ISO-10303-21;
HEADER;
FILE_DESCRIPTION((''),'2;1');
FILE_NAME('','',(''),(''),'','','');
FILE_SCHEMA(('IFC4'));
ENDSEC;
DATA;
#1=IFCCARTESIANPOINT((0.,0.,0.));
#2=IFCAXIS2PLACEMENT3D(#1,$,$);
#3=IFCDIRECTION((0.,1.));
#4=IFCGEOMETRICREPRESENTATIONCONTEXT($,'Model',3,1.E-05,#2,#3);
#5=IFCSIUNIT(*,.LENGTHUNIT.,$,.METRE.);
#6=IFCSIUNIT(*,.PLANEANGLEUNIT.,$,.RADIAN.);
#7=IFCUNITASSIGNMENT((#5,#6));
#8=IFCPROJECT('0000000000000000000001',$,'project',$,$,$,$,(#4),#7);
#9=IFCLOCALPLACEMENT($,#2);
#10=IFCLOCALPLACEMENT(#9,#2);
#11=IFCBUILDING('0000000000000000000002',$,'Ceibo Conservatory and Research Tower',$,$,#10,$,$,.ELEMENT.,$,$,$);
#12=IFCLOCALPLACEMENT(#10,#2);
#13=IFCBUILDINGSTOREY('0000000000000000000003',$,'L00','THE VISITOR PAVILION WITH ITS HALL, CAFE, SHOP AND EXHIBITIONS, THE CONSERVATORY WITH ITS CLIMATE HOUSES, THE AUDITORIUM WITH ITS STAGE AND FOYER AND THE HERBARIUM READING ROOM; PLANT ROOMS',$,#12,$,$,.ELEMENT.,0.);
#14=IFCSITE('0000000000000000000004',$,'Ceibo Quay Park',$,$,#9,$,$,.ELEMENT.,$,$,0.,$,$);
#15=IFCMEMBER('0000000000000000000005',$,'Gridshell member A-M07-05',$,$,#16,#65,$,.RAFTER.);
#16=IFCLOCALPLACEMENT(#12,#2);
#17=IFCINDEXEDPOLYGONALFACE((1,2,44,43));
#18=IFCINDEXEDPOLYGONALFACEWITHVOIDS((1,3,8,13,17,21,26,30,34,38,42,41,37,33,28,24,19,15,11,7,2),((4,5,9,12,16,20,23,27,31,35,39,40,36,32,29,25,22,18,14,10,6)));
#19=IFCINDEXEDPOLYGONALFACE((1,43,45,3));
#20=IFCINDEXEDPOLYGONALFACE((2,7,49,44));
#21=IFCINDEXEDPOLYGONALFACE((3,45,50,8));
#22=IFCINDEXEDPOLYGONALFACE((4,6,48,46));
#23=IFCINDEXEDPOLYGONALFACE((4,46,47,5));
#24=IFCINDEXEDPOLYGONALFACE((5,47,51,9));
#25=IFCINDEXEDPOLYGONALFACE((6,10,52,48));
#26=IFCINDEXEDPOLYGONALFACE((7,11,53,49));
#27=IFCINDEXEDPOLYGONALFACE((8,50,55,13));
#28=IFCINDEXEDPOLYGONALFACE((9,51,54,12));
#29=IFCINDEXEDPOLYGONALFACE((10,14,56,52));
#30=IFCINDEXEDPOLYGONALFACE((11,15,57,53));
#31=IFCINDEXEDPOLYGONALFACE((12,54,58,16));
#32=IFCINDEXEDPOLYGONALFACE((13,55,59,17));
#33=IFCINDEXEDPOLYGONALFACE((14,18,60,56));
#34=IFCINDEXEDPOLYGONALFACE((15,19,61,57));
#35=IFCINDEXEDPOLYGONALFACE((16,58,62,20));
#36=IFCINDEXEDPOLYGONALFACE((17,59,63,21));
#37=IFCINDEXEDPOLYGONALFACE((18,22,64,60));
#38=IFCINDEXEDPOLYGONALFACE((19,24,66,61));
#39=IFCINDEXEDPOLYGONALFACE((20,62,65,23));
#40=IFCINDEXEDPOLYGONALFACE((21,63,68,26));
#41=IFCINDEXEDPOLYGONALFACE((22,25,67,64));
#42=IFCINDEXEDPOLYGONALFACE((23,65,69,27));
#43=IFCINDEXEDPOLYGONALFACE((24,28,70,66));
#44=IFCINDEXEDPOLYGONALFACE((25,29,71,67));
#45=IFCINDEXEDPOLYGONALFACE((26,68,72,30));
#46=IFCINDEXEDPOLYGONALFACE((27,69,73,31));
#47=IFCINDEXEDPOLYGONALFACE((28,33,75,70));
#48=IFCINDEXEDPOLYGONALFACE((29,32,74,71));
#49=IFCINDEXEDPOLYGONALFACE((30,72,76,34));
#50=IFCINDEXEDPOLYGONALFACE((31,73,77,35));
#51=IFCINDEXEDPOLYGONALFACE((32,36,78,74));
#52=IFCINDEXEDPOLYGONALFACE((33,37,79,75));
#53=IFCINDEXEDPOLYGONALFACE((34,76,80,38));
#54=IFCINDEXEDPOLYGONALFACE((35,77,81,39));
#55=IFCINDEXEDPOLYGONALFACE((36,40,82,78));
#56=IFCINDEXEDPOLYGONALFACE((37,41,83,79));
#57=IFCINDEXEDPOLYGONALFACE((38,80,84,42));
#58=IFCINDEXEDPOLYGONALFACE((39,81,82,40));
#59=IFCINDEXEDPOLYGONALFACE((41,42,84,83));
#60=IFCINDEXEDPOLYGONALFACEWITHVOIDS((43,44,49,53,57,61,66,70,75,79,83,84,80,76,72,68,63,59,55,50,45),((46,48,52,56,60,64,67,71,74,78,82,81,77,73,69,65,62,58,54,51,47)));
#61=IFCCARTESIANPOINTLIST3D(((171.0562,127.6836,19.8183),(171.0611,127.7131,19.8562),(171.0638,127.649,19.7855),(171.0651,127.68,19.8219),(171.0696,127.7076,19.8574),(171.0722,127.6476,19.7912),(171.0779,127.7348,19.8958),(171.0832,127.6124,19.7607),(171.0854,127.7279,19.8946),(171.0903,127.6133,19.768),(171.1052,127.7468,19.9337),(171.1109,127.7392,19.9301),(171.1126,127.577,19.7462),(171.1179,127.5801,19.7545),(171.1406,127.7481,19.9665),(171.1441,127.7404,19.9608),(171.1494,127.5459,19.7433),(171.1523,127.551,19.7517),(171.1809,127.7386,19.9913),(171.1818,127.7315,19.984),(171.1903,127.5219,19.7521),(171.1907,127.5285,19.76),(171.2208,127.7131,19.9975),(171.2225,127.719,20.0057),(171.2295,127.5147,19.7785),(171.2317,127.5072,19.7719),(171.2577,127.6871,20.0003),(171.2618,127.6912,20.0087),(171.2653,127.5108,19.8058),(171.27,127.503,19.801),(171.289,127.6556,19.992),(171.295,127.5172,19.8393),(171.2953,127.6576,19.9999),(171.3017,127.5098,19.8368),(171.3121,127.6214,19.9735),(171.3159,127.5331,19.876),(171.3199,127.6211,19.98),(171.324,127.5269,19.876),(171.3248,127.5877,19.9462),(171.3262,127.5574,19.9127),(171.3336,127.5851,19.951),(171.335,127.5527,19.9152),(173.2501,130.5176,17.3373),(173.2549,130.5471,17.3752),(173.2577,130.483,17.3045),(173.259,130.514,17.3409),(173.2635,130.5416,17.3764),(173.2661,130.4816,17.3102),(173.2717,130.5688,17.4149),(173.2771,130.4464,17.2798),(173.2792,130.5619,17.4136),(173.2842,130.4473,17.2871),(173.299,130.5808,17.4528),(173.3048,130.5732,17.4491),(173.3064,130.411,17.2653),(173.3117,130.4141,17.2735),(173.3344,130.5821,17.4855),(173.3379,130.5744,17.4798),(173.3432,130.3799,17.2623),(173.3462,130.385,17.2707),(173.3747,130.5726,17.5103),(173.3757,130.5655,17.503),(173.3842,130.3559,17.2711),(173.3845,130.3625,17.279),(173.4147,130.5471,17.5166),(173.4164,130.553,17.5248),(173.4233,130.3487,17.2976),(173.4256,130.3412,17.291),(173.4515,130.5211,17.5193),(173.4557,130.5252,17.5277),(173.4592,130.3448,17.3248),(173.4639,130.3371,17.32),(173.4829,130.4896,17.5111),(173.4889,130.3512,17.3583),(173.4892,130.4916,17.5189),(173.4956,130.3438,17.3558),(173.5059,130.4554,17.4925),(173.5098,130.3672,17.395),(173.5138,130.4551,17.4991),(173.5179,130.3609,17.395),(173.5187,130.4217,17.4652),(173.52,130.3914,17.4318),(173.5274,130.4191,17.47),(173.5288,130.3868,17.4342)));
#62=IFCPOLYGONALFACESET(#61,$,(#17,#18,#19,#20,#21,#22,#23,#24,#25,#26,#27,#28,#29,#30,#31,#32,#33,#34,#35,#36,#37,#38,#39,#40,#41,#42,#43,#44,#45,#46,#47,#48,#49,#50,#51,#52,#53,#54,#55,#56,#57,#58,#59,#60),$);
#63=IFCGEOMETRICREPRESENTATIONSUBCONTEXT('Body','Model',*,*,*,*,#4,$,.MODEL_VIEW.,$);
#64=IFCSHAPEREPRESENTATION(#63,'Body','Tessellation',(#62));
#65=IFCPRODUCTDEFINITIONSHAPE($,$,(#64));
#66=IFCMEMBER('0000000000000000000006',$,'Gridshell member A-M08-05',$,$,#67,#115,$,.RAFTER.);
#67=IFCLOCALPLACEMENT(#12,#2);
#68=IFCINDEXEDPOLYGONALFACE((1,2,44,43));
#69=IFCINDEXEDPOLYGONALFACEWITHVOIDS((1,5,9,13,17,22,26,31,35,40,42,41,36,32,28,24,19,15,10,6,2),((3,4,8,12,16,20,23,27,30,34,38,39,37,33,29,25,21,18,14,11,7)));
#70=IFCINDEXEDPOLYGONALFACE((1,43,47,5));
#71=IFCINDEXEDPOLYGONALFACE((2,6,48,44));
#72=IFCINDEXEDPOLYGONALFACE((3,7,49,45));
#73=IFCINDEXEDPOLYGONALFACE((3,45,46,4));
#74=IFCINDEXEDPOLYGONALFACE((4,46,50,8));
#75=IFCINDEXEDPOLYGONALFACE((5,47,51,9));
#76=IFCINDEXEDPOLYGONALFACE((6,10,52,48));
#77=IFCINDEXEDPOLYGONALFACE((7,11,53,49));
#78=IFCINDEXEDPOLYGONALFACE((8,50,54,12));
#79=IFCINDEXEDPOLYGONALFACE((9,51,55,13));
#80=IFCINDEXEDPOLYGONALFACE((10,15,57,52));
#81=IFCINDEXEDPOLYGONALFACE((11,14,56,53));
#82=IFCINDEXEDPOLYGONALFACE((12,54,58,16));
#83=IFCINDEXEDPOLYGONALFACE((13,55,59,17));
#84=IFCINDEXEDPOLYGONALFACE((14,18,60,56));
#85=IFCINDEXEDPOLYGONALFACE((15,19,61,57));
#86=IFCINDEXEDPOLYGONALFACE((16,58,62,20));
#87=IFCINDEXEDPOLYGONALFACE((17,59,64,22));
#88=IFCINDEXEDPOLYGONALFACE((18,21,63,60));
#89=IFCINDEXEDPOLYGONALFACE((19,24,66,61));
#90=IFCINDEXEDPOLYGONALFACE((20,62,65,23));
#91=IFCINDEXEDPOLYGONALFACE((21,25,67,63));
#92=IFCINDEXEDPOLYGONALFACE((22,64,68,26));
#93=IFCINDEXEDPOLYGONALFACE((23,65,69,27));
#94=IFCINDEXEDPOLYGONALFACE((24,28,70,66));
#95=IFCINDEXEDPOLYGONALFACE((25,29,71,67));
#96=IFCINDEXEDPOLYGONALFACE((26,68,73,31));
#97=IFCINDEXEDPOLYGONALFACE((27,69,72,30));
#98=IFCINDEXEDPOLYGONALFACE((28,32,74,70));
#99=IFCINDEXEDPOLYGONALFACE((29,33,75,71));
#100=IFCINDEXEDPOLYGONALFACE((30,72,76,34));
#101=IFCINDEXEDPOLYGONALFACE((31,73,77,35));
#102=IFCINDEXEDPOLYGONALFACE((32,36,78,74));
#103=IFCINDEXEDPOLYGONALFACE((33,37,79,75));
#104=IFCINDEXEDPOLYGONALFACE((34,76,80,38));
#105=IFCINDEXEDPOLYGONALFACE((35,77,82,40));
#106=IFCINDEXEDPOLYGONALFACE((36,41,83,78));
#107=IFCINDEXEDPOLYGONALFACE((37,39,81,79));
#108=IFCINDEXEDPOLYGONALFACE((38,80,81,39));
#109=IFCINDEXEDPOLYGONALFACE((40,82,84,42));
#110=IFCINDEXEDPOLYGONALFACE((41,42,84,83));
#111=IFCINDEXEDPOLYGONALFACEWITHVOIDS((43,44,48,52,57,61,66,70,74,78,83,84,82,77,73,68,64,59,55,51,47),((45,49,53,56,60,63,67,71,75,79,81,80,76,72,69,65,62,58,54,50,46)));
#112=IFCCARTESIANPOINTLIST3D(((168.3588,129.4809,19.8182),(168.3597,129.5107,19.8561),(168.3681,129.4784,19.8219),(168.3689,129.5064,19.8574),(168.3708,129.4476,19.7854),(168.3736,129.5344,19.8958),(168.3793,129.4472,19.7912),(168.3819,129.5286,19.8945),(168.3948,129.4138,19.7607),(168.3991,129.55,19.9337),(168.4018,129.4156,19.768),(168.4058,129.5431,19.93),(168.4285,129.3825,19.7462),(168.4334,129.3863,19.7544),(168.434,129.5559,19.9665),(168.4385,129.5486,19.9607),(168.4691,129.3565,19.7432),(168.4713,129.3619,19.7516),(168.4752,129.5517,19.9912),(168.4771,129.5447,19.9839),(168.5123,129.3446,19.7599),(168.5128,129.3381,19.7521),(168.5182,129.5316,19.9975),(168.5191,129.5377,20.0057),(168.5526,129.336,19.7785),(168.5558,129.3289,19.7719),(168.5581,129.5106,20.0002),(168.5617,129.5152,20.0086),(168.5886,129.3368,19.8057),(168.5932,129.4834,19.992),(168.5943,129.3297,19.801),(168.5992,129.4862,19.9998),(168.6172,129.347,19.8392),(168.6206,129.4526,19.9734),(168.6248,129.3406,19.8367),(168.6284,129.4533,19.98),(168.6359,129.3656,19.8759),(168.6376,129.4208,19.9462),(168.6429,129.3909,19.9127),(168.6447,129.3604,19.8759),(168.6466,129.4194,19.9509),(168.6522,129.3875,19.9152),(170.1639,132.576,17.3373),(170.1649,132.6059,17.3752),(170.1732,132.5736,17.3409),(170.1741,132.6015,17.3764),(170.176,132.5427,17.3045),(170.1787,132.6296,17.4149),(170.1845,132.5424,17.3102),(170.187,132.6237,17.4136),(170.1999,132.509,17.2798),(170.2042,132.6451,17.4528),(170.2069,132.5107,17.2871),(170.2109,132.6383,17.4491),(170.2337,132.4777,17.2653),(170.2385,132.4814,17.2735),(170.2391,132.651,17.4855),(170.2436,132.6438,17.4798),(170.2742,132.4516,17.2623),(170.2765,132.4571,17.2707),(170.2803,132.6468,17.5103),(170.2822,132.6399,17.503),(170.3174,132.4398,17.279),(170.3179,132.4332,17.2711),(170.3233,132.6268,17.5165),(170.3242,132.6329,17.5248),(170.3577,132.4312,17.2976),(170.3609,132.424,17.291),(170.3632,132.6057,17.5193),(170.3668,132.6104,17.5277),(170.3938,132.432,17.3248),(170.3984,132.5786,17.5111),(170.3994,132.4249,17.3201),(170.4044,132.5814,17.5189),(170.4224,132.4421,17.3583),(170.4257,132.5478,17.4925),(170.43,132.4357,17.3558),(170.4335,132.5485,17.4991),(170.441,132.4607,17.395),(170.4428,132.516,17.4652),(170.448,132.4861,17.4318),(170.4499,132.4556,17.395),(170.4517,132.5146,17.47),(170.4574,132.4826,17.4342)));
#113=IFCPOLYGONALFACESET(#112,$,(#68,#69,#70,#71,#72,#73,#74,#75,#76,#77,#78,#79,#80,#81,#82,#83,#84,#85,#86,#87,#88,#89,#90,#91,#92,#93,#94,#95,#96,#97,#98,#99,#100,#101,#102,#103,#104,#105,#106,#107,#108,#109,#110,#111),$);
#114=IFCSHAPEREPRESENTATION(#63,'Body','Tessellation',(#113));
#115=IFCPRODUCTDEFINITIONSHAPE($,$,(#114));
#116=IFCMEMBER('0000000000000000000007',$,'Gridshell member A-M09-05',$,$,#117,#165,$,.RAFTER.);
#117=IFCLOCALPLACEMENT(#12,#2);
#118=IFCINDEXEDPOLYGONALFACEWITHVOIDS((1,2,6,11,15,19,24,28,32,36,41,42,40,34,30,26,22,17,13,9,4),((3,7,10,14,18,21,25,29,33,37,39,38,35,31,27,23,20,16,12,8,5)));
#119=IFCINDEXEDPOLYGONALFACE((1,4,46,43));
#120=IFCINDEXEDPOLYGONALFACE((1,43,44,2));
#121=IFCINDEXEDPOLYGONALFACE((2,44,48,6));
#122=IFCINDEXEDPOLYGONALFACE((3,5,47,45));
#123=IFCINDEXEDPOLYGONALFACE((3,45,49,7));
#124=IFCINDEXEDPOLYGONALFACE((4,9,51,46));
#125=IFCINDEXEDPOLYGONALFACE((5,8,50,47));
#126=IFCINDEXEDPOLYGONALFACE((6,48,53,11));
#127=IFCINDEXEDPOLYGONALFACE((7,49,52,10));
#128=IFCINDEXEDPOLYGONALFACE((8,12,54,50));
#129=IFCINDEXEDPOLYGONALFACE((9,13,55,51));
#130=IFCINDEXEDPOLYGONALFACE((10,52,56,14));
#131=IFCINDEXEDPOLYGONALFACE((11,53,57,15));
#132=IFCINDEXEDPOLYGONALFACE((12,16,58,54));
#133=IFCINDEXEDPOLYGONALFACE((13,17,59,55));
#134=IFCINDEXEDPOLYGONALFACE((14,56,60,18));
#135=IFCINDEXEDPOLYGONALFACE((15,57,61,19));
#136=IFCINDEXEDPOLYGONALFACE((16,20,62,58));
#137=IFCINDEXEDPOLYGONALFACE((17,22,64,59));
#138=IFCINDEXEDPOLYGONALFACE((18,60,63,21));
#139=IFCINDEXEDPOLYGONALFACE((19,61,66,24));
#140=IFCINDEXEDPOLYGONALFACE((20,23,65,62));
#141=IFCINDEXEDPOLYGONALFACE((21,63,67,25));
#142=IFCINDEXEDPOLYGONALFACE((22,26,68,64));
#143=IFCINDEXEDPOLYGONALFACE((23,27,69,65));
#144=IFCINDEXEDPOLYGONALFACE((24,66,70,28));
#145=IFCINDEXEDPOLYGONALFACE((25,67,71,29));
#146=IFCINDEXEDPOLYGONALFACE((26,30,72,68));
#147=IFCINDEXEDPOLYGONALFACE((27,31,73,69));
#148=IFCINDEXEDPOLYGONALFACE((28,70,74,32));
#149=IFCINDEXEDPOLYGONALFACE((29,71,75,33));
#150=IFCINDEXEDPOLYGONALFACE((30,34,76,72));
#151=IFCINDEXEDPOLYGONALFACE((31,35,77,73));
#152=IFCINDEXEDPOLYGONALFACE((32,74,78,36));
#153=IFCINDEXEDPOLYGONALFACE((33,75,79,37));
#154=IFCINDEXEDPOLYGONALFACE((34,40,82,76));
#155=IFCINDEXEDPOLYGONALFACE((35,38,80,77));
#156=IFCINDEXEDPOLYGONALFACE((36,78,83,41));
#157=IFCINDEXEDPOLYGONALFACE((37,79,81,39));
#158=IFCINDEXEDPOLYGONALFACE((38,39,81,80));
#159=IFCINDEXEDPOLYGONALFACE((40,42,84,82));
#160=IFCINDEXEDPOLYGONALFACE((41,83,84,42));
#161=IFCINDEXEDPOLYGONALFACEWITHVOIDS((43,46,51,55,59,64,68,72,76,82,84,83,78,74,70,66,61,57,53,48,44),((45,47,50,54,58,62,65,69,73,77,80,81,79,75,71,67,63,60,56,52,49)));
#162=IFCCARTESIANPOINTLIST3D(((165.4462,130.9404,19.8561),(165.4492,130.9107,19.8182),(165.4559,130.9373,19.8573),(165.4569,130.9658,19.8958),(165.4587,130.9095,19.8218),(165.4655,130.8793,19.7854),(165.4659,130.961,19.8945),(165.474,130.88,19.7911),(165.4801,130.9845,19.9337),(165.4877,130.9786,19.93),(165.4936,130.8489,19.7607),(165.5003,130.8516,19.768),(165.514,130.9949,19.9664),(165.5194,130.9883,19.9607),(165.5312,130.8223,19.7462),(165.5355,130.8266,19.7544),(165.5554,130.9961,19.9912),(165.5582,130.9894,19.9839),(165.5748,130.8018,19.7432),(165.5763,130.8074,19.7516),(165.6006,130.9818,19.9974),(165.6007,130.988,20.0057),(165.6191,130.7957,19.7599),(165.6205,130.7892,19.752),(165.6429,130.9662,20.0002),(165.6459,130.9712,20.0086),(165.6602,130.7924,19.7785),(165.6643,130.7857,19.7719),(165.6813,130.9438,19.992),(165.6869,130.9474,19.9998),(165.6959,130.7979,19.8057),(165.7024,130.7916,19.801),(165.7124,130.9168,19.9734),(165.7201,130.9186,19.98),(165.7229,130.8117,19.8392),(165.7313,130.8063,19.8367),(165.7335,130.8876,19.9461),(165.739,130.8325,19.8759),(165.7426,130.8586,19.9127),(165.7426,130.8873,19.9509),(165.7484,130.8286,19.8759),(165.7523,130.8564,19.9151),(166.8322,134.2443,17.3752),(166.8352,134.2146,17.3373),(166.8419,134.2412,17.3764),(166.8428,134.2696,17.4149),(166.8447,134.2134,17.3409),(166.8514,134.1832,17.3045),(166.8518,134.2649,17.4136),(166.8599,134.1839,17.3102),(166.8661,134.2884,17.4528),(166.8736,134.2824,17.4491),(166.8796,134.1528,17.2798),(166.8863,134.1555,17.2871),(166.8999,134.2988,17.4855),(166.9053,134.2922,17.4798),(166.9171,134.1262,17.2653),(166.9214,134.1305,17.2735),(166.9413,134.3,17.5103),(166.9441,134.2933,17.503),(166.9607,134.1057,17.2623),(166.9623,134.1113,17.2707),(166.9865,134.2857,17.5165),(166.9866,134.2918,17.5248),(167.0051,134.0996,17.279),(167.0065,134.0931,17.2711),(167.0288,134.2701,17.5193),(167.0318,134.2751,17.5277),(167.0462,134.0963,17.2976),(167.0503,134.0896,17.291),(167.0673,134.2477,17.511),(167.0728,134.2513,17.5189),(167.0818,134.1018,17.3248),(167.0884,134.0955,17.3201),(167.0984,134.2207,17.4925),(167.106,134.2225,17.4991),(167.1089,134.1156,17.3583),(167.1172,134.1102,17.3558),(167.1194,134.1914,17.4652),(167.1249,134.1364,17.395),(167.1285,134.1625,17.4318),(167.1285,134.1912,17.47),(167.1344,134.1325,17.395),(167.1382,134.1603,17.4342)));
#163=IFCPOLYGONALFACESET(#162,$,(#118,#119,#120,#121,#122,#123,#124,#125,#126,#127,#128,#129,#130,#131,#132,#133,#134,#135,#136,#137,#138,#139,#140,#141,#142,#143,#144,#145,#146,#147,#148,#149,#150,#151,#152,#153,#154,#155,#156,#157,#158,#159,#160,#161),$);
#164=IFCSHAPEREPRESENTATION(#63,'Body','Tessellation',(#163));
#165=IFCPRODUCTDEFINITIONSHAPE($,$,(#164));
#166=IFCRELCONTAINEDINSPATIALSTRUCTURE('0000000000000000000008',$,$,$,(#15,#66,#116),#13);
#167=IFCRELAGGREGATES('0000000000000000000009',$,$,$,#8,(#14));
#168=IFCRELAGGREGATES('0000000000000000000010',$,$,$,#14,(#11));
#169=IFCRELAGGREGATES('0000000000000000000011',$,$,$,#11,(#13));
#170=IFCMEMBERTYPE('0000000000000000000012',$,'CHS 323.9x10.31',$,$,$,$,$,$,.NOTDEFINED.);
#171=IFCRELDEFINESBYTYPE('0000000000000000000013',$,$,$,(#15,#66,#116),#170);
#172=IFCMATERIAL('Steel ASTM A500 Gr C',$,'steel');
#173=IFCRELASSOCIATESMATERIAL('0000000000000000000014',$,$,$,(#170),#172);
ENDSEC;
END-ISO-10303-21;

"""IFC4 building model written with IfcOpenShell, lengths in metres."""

from ifc_helpers import new_model, si_unit, direction, frame, origin, origin_2d, place, context, subcontext, project, spatial, hollow_circle, extrude, material, material_profile, profile_set, type_object, element, save


model = new_model("IFC4")

# Units and contexts
model_context = context("Model", 3, precision=1e-05, world=origin(), true_north=direction((0.0, 1.0)))
body_context = subcontext(model_context, "Body", "Model", "MODEL_VIEW")
ifc_project = project(units=[si_unit("LENGTHUNIT", "METRE"), si_unit("PLANEANGLEUNIT", "RADIAN")], contexts=[model_context])

# Site, building, storey
site_placement = place(None, origin())
site = spatial("IfcSite", under=ifc_project, at=site_placement, Name="Ceibo Quay Park", CompositionType="ELEMENT", RefElevation=0.0)
building_placement = place(site_placement, origin())
building = spatial("IfcBuilding", under=site, at=building_placement, Name="Ceibo Conservatory and Research Tower", CompositionType="ELEMENT")
storey_placement = place(building_placement, origin())
storey = spatial("IfcBuildingStorey", under=building, at=storey_placement, Name="L00", Description="THE VISITOR PAVILION WITH ITS HALL, CAFE, SHOP AND EXHIBITIONS, THE CONSERVATORY WITH ITS CLIMATE HOUSES, THE AUDITORIUM WITH ITS STAGE AND FOYER AND THE HERBARIUM READING ROOM; PLANT ROOMS", CompositionType="ELEMENT", Elevation=0.0)

# Members
ifc_material_1 = material(Name="Steel ASTM A500 Gr C", Category="steel")
ifc_material_profile_1 = material_profile(ifc_material_1, hollow_circle(Radius=0.1619, WallThickness=0.0103, at=origin_2d()), Name="CHS 323.9x10.31")
ifc_profile_set_1 = profile_set([ifc_material_profile_1], Name="Steel ASTM A500 Gr C")
member_type_1 = type_object("IfcMemberType", Name="CHS 323.9x10.31", PredefinedType="NOTDEFINED", material=ifc_profile_set_1)
member_1_placement = place(storey_placement, frame((173.3899, 130.46, 17.395), z_axis=(-0.503309, -0.650168, 0.569177), x_axis=(0.790751, -0.612137, 0.0)))
element("IfcMember", 1, at=member_1_placement, inside=storey, type_object=member_type_1, Name="Gridshell member A-M07-05", PredefinedType="RAFTER", context=body_context, shape_type="SweptSolid", body=[
    extrude(hollow_circle(Radius=0.1619, WallThickness=0.0103, at=origin_2d()), origin(), (0.0, 0.0, 1.0), 4.3589),
])
member_2_placement = place(storey_placement, frame((170.3101, 132.5371, 17.395), z_axis=(-0.414199, -0.7102, 0.569258), x_axis=(0.863823, -0.503795, 0.0)))
element("IfcMember", 2, at=member_2_placement, inside=storey, type_object=member_type_1, Name="Gridshell member A-M08-05", PredefinedType="RAFTER", context=body_context, shape_type="SweptSolid", body=[
    extrude(hollow_circle(Radius=0.1619, WallThickness=0.0103, at=origin_2d()), origin(), (0.0, 0.0, 1.0), 4.3582),
])
member_3_placement = place(storey_placement, frame((166.9851, 134.1951, 17.395), z_axis=(-0.318032, -0.758134, 0.569287), x_axis=(0.922149, -0.386835, 0.0)))
element("IfcMember", 3, at=member_3_placement, inside=storey, type_object=member_type_1, Name="Gridshell member A-M09-05", PredefinedType="RAFTER", context=body_context, shape_type="SweptSolid", body=[
    extrude(hollow_circle(Radius=0.1619, WallThickness=0.0103, at=origin_2d()), origin(), (0.0, 0.0, 1.0), 4.3579),
])

save(model, "model.ifc")
